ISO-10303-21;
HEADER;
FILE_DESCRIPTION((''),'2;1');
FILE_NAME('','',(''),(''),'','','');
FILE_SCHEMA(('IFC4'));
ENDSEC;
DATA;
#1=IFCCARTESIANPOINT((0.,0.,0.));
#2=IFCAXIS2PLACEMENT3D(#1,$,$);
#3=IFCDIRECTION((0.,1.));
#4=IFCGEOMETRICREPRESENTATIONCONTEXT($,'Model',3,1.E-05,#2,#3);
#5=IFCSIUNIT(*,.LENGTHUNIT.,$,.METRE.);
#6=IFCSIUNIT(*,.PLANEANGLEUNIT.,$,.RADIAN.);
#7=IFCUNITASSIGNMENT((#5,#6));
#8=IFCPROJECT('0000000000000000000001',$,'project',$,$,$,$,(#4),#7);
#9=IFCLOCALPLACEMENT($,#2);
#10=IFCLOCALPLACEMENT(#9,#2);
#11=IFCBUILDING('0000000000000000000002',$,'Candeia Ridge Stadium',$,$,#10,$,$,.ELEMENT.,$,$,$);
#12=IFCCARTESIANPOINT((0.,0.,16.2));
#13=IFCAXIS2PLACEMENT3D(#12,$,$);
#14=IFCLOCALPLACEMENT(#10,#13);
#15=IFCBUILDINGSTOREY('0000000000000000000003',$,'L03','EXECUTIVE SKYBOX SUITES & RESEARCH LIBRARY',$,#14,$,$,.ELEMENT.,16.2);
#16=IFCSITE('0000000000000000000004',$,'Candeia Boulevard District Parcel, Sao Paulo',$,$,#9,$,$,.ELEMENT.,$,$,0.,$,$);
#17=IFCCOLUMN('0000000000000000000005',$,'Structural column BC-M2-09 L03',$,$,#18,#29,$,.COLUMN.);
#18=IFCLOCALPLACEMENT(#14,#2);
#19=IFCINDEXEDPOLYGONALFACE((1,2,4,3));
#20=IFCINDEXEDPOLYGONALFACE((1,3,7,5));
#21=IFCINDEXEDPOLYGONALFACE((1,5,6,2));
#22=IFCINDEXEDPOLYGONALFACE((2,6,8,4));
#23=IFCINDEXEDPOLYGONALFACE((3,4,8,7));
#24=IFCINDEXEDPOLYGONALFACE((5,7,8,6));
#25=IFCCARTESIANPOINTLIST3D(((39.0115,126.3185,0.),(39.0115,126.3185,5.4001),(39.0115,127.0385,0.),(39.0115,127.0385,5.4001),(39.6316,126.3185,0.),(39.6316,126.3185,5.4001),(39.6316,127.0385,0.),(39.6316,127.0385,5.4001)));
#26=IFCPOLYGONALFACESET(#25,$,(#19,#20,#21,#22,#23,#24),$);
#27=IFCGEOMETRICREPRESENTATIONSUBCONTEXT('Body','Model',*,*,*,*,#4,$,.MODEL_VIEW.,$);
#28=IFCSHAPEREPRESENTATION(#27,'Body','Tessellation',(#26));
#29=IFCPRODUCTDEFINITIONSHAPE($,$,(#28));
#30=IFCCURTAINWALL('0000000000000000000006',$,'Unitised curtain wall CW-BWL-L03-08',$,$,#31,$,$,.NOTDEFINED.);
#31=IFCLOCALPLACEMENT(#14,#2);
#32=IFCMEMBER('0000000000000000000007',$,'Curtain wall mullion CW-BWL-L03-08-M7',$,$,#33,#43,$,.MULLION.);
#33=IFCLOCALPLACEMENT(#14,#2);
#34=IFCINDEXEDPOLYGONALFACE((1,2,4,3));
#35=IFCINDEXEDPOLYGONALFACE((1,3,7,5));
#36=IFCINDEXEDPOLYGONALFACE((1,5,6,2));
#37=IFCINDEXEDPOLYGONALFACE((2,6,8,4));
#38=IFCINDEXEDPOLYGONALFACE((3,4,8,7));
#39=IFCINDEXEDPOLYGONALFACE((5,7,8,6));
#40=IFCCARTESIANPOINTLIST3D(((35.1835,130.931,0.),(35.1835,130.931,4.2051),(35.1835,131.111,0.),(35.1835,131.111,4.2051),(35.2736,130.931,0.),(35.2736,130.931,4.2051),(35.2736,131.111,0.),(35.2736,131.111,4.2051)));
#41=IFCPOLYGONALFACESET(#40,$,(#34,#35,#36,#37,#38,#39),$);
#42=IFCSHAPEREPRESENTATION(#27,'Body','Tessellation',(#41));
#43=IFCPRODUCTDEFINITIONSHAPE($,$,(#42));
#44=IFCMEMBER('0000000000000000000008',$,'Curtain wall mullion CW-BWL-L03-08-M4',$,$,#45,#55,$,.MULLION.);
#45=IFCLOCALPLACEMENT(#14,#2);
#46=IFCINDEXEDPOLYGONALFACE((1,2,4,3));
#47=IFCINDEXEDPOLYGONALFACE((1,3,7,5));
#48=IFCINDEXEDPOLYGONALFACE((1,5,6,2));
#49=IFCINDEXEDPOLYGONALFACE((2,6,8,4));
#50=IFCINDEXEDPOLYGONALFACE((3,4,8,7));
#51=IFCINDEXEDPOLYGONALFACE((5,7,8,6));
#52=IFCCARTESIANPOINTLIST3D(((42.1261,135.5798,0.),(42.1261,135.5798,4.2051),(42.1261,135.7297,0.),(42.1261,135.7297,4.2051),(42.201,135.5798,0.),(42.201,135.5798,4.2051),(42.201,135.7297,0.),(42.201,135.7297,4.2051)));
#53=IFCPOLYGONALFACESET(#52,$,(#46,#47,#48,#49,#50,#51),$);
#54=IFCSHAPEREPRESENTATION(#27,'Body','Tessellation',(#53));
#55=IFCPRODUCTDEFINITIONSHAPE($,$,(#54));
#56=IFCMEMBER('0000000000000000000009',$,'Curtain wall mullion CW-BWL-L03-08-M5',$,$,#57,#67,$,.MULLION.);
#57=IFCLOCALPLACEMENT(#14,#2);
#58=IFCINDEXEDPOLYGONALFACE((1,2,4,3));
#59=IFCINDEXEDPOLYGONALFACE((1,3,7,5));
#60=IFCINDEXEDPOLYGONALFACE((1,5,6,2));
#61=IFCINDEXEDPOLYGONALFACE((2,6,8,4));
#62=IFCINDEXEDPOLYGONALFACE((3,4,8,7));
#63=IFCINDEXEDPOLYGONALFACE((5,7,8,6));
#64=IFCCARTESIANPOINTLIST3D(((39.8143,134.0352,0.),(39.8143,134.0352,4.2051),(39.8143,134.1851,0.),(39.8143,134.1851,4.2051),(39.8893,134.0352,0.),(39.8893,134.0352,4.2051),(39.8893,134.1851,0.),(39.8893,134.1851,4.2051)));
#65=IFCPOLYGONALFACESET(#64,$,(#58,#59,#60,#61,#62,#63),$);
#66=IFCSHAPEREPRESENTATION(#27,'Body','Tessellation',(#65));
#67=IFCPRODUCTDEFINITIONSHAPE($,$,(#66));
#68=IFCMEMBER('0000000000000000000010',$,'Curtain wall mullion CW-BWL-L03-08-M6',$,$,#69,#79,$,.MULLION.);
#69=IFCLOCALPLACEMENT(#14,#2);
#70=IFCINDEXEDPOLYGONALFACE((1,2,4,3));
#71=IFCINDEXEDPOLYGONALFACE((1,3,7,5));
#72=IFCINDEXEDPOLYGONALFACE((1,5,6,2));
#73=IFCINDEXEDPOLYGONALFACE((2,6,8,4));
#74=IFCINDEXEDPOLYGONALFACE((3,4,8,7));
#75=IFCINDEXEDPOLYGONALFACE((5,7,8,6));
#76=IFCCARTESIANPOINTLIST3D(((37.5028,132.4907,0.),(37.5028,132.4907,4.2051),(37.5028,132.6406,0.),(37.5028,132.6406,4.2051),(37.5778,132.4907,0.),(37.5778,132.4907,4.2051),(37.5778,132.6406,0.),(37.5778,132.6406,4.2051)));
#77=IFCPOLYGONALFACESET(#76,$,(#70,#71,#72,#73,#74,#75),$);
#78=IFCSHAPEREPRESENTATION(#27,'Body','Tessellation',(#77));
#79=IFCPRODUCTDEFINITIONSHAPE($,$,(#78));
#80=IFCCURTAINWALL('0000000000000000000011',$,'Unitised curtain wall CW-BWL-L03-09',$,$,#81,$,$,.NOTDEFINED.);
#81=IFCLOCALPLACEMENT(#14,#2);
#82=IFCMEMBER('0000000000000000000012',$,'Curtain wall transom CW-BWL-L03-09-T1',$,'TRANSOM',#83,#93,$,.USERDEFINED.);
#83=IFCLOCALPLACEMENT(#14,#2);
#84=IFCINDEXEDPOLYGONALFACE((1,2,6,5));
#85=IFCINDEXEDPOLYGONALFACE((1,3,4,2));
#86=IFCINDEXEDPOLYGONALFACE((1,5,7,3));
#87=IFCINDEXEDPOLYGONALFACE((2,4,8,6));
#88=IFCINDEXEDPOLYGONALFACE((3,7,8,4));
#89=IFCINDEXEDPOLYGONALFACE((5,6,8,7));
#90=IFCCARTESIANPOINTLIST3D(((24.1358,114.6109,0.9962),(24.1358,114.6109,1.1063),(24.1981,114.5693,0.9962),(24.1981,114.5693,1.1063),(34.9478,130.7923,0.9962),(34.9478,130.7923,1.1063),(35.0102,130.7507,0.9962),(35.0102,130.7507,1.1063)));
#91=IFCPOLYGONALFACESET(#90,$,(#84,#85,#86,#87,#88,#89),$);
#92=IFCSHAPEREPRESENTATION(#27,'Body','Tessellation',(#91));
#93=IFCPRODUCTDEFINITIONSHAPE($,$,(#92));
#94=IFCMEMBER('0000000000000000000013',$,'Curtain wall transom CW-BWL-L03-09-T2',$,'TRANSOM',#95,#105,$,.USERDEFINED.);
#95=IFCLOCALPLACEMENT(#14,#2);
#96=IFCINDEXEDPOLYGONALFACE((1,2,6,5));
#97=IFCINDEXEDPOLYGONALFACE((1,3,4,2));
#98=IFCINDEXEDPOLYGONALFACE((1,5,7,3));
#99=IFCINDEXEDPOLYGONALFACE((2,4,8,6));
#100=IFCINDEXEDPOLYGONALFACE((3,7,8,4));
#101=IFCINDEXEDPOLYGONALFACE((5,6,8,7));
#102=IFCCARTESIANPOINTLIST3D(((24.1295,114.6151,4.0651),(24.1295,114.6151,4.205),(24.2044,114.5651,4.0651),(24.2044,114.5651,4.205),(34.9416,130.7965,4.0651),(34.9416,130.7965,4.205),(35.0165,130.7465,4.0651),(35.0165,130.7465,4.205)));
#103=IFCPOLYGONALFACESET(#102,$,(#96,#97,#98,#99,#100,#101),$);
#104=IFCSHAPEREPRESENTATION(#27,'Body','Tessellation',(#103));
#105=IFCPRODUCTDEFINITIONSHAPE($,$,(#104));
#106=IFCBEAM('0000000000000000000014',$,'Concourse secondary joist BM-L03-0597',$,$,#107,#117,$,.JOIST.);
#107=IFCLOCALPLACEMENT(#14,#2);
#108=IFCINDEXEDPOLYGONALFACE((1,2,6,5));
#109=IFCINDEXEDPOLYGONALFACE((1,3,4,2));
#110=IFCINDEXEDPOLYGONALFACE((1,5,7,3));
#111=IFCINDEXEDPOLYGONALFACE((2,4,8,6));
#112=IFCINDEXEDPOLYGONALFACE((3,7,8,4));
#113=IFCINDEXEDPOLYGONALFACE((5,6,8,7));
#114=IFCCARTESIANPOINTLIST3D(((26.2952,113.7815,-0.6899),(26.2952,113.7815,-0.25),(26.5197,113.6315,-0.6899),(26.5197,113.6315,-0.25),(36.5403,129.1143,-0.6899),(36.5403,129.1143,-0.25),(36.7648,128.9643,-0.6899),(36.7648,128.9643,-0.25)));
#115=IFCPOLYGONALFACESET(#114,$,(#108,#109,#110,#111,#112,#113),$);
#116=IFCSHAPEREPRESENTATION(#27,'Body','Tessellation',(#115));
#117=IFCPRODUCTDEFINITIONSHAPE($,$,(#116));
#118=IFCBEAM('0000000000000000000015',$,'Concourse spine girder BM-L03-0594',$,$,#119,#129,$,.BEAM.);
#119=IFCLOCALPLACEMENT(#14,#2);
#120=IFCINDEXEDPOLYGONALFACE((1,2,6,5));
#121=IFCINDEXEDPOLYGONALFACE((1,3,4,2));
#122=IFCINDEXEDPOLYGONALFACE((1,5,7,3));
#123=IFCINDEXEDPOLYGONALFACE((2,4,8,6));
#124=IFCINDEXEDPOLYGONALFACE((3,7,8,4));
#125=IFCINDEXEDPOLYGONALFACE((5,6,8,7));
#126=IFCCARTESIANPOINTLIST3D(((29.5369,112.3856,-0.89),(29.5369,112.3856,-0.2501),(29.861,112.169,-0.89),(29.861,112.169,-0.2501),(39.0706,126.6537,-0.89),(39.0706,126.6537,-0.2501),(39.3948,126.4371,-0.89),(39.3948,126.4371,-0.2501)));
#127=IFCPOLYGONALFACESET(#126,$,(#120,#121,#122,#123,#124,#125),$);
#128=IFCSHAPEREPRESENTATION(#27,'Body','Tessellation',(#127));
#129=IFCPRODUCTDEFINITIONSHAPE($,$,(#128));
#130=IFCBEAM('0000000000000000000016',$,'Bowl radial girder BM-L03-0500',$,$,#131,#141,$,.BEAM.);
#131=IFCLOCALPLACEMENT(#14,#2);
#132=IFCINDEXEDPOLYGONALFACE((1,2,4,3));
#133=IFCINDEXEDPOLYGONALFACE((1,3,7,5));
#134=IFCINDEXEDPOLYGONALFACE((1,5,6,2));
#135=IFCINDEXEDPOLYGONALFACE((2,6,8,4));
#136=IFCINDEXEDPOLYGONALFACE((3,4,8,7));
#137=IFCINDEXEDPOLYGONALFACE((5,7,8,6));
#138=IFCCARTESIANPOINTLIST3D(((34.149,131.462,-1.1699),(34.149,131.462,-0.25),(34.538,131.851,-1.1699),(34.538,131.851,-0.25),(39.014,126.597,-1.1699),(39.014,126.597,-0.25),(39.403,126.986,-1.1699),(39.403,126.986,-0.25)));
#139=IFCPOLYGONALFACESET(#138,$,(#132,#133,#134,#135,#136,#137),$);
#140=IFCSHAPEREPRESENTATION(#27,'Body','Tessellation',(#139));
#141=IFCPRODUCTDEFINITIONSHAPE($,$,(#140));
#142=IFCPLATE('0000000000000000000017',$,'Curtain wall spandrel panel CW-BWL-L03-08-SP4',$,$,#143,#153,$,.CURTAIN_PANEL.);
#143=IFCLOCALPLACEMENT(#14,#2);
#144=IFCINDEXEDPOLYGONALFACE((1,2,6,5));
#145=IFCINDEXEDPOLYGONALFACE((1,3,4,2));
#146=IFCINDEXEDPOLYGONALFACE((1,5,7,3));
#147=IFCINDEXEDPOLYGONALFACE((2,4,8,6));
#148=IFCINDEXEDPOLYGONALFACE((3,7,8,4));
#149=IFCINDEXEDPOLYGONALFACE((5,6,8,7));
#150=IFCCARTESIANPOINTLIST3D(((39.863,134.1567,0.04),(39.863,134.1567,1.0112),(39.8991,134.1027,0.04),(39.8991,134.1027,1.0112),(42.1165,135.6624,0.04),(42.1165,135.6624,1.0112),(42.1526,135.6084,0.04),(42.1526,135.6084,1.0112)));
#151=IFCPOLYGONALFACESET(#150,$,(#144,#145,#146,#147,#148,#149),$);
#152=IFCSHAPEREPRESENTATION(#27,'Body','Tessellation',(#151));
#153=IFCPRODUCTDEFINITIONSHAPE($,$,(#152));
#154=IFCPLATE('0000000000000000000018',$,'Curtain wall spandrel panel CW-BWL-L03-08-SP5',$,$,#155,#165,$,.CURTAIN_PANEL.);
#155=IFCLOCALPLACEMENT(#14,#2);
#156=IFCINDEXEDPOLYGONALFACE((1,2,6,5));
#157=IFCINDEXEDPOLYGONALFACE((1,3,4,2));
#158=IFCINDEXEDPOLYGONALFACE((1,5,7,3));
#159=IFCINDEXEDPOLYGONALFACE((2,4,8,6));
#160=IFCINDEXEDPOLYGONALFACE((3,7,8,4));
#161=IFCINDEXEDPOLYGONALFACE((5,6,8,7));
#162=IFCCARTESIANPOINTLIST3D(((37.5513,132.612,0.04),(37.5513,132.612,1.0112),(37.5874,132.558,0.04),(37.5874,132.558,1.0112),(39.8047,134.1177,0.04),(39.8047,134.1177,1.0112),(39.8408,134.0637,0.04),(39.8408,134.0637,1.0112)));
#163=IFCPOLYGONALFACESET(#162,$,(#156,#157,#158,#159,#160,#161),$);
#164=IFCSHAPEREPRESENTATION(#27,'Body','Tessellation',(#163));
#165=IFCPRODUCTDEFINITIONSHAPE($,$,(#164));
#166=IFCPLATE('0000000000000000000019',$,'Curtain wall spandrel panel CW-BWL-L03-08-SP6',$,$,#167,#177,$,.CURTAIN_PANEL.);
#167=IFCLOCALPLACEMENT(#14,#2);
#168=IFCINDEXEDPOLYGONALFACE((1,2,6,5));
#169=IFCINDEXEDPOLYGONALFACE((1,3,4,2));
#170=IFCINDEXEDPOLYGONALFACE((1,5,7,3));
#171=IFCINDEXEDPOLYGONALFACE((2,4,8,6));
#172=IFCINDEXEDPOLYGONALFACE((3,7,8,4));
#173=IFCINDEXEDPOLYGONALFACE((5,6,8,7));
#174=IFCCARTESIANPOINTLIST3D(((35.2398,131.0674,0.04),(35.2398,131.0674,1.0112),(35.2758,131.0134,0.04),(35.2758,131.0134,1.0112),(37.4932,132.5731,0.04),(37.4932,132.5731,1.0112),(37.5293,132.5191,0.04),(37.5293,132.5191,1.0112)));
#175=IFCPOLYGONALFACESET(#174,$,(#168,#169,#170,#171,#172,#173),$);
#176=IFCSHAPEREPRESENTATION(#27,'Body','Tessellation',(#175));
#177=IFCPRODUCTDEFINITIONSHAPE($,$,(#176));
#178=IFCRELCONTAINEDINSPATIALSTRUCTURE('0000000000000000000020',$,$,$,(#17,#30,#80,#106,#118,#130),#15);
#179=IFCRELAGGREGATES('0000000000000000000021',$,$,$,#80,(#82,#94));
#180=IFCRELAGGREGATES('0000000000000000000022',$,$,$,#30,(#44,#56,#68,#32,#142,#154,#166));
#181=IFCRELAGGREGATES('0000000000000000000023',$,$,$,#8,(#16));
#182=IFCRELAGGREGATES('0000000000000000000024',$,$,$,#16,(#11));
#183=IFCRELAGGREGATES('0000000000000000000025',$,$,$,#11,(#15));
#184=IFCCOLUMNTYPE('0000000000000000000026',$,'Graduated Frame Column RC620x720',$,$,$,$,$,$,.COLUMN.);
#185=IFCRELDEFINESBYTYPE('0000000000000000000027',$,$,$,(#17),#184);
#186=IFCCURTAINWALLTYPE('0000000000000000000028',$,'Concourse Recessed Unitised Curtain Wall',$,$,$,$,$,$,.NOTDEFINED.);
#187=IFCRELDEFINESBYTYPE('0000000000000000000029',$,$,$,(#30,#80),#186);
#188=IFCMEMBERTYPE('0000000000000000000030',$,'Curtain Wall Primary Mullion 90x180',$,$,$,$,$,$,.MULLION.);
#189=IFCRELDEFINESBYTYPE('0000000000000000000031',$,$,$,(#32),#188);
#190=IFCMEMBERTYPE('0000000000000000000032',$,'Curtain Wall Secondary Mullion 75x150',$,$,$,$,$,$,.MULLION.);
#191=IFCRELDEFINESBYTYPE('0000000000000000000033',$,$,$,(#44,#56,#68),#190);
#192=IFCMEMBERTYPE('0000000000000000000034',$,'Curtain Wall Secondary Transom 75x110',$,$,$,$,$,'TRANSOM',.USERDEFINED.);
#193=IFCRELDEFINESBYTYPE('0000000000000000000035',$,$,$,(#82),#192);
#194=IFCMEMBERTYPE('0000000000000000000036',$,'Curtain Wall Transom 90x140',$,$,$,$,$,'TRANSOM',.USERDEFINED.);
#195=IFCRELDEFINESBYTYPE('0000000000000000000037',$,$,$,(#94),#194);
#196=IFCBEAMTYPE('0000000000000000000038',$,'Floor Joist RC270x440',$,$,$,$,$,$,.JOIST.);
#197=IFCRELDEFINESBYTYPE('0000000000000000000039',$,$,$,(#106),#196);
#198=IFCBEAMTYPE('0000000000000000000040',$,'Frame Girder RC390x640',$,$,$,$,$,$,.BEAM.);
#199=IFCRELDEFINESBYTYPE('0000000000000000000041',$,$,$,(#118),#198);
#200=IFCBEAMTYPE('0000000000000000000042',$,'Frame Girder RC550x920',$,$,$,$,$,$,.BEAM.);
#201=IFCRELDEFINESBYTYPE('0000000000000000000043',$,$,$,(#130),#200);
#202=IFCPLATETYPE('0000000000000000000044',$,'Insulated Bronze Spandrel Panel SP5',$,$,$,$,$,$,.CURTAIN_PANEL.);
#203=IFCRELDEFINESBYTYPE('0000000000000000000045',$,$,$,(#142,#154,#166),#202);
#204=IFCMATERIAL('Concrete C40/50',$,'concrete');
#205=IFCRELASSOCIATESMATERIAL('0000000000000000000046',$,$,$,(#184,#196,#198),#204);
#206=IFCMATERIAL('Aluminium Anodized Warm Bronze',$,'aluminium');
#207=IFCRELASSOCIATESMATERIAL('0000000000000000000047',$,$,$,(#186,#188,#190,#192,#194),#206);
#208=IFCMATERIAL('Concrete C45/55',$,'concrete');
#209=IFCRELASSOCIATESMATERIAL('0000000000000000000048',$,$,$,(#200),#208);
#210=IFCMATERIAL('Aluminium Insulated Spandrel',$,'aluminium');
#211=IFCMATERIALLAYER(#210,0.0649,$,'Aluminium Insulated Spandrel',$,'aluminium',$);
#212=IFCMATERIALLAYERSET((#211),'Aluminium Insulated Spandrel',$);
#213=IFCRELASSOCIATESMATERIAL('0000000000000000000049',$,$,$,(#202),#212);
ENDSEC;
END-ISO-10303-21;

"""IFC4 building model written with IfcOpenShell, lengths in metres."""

from ifc_helpers import new_model, si_unit, direction, frame, origin, origin_2d, place, context, subcontext, project, spatial, rectangle, extrude, material, layer, layer_set, material_profile, profile_set, type_object, element, aggregate, save


model = new_model("IFC4")

# Units and contexts
model_context = context("Model", 3, precision=1e-05, world=origin(), true_north=direction((0.0, 1.0)))
body_context = subcontext(model_context, "Body", "Model", "MODEL_VIEW")
ifc_project = project(units=[si_unit("LENGTHUNIT", "METRE"), si_unit("PLANEANGLEUNIT", "RADIAN")], contexts=[model_context])

# Site, building, storey
site_placement = place(None, origin())
site = spatial("IfcSite", under=ifc_project, at=site_placement, Name="Candeia Boulevard District Parcel, Sao Paulo", CompositionType="ELEMENT", RefElevation=0.0)
building_placement = place(site_placement, origin())
building = spatial("IfcBuilding", under=site, at=building_placement, Name="Candeia Ridge Stadium", CompositionType="ELEMENT")
storey_placement = place(building_placement, frame((0.0, 0.0, 16.2)))
storey = spatial("IfcBuildingStorey", under=building, at=storey_placement, Name="L03", Description="EXECUTIVE SKYBOX SUITES & RESEARCH LIBRARY", CompositionType="ELEMENT", Elevation=16.2)

# Column
ifc_material_1 = material(Name="Concrete C40/50", Category="concrete")
ifc_material_profile_1 = material_profile(ifc_material_1, rectangle(XDim=0.6201, YDim=0.72, at=origin_2d()), Name="RC620x720", Category="concrete")
ifc_profile_set_1 = profile_set([ifc_material_profile_1], Name="Concrete C40/50")
column_type = type_object("IfcColumnType", Name="Graduated Frame Column RC620x720", PredefinedType="COLUMN", material=ifc_profile_set_1)
column_placement = place(storey_placement, frame((39.3215, 126.6785, 0.0), z_axis=(0.0, 0.0, 1.0), x_axis=(1.0, 0.0, 0.0)))
element("IfcColumn", 1, at=column_placement, inside=storey, type_object=column_type, Name="Structural column BC-M2-09 L03", PredefinedType="COLUMN", context=body_context, shape_type="SweptSolid", body=[
    extrude(rectangle(XDim=0.6201, YDim=0.72, at=origin_2d()), origin(), (0.0, 0.0, 1.0), 5.4001),
])

# Curtain walls, members
ifc_material_2 = material(Name="Aluminium Anodized Warm Bronze", Category="aluminium")
curtain_wall_type = type_object("IfcCurtainWallType", Name="Concourse Recessed Unitised Curtain Wall", PredefinedType="NOTDEFINED", material=ifc_material_2)
curtain_wall_1_placement = place(storey_placement, origin())
curtain_wall_1 = element("IfcCurtainWall", 2, at=curtain_wall_1_placement, inside=storey, type_object=curtain_wall_type, Name="Unitised curtain wall CW-BWL-L03-08", PredefinedType="NOTDEFINED")
ifc_material_profile_2 = material_profile(ifc_material_2, rectangle(XDim=0.0901, YDim=0.1799, at=origin_2d()), Name="CWM-90x180", Category="aluminium")
ifc_profile_set_2 = profile_set([ifc_material_profile_2], Name="Aluminium Anodized Warm Bronze")
member_type_1 = type_object("IfcMemberType", Name="Curtain Wall Primary Mullion 90x180", PredefinedType="MULLION", material=ifc_profile_set_2)
member_1_placement = place(storey_placement, frame((35.2285, 131.021, 0.0), z_axis=(0.0, 0.0, 1.0), x_axis=(1.0, 0.0, 0.0)))
member_1 = element("IfcMember", 3, at=member_1_placement, type_object=member_type_1, Name="Curtain wall mullion CW-BWL-L03-08-M7", PredefinedType="MULLION", context=body_context, shape_type="SweptSolid", body=[
    extrude(rectangle(XDim=0.0901, YDim=0.1799, at=origin_2d()), origin(), (0.0, 0.0, 1.0), 4.2051),
])
ifc_material_profile_3 = material_profile(ifc_material_2, rectangle(XDim=0.075, YDim=0.1499, at=origin_2d()), Name="CWM-75x150", Category="aluminium")
ifc_profile_set_3 = profile_set([ifc_material_profile_3], Name="Aluminium Anodized Warm Bronze")
member_type_2 = type_object("IfcMemberType", Name="Curtain Wall Secondary Mullion 75x150", PredefinedType="MULLION", material=ifc_profile_set_3)
member_2_placement = place(storey_placement, frame((42.1636, 135.6548, 0.0), z_axis=(0.0, 0.0, 1.0), x_axis=(1.0, 0.0, 0.0)))
member_2 = element("IfcMember", 4, at=member_2_placement, type_object=member_type_2, Name="Curtain wall mullion CW-BWL-L03-08-M4", PredefinedType="MULLION", context=body_context, shape_type="SweptSolid", body=[
    extrude(rectangle(XDim=0.075, YDim=0.1499, at=origin_2d()), origin(), (0.0, 0.0, 1.0), 4.2051),
])
member_3_placement = place(storey_placement, frame((39.8518, 134.1101, 0.0), z_axis=(0.0, 0.0, 1.0), x_axis=(1.0, 0.0, 0.0)))
member_3 = element("IfcMember", 5, at=member_3_placement, type_object=member_type_2, Name="Curtain wall mullion CW-BWL-L03-08-M5", PredefinedType="MULLION", context=body_context, shape_type="SweptSolid", body=[
    extrude(rectangle(XDim=0.075, YDim=0.1499, at=origin_2d()), origin(), (0.0, 0.0, 1.0), 4.2051),
])
member_4_placement = place(storey_placement, frame((37.5403, 132.5657, 0.0), z_axis=(0.0, 0.0, 1.0), x_axis=(1.0, 0.0, 0.0)))
member_4 = element("IfcMember", 6, at=member_4_placement, type_object=member_type_2, Name="Curtain wall mullion CW-BWL-L03-08-M6", PredefinedType="MULLION", context=body_context, shape_type="SweptSolid", body=[
    extrude(rectangle(XDim=0.075, YDim=0.1499, at=origin_2d()), origin(), (0.0, 0.0, 1.0), 4.2051),
])
curtain_wall_2_placement = place(storey_placement, origin())
curtain_wall_2 = element("IfcCurtainWall", 7, at=curtain_wall_2_placement, inside=storey, type_object=curtain_wall_type, Name="Unitised curtain wall CW-BWL-L03-09", PredefinedType="NOTDEFINED")
ifc_material_profile_4 = material_profile(ifc_material_2, rectangle(XDim=0.075, YDim=0.1101, at=origin_2d()), Name="CWT-75x110", Category="aluminium")
ifc_profile_set_4 = profile_set([ifc_material_profile_4], Name="Aluminium Anodized Warm Bronze")
member_type_3 = type_object("IfcMemberType", Name="Curtain Wall Secondary Transom 75x110", ElementType="TRANSOM", PredefinedType="USERDEFINED", material=ifc_profile_set_4)
member_5_placement = place(storey_placement, frame((34.979, 130.7715, 1.0513), z_axis=(-0.555568, -0.831471, 0.0), x_axis=(0.831471, -0.555568, 0.0)))
member_5 = element("IfcMember", 8, at=member_5_placement, type_object=member_type_3, Name="Curtain wall transom CW-BWL-L03-09-T1", ObjectType="TRANSOM", PredefinedType="USERDEFINED", context=body_context, shape_type="SweptSolid", body=[
    extrude(rectangle(XDim=0.075, YDim=0.1101, at=origin_2d()), origin(), (0.0, 0.0, 1.0), 19.4612),
])
ifc_material_profile_5 = material_profile(ifc_material_2, rectangle(XDim=0.0901, YDim=0.1399, at=origin_2d()), Name="CWT-90x140", Category="aluminium")
ifc_profile_set_5 = profile_set([ifc_material_profile_5], Name="Aluminium Anodized Warm Bronze")
member_type_4 = type_object("IfcMemberType", Name="Curtain Wall Transom 90x140", ElementType="TRANSOM", PredefinedType="USERDEFINED", material=ifc_profile_set_5)
member_6_placement = place(storey_placement, frame((34.979, 130.7715, 4.135), z_axis=(-0.555568, -0.831471, 0.0), x_axis=(0.831471, -0.555568, 0.0)))
member_6 = element("IfcMember", 9, at=member_6_placement, type_object=member_type_4, Name="Curtain wall transom CW-BWL-L03-09-T2", ObjectType="TRANSOM", PredefinedType="USERDEFINED", context=body_context, shape_type="SweptSolid", body=[
    extrude(rectangle(XDim=0.0901, YDim=0.1399, at=origin_2d()), origin(), (0.0, 0.0, 1.0), 19.4612),
])
aggregate(curtain_wall_2, [member_5, member_6])

# Beams
ifc_material_profile_6 = material_profile(ifc_material_1, rectangle(XDim=0.27, YDim=0.4399, at=origin_2d()), Name="RC270x440", Category="concrete")
ifc_profile_set_6 = profile_set([ifc_material_profile_6], Name="Concrete C40/50")
beam_type_1 = type_object("IfcBeamType", Name="Floor Joist RC270x440", PredefinedType="JOIST", material=ifc_profile_set_6)
beam_1_placement = place(storey_placement, frame((36.6526, 129.0393, -0.47), z_axis=(-0.555574, -0.831467, 0.0), x_axis=(0.831467, -0.555574, 0.0)))
element("IfcBeam", 10, at=beam_1_placement, inside=storey, type_object=beam_type_1, Name="Concourse secondary joist BM-L03-0597", PredefinedType="JOIST", context=body_context, shape_type="SweptSolid", body=[
    extrude(rectangle(XDim=0.27, YDim=0.4399, at=origin_2d()), origin(), (0.0, 0.0, 1.0), 18.4407),
])
ifc_material_profile_7 = material_profile(ifc_material_1, rectangle(XDim=0.3899, YDim=0.6399, at=origin_2d()), Name="RC390x640", Category="concrete")
ifc_profile_set_7 = profile_set([ifc_material_profile_7], Name="Concrete C40/50")
beam_type_2 = type_object("IfcBeamType", Name="Frame Girder RC390x640", PredefinedType="BEAM", material=ifc_profile_set_7)
beam_2_placement = place(storey_placement, frame((39.2327, 126.5454, -0.5701), z_axis=(-0.555573, -0.831468, 0.0), x_axis=(0.831468, -0.555573, 0.0)))
element("IfcBeam", 11, at=beam_2_placement, inside=storey, type_object=beam_type_2, Name="Concourse spine girder BM-L03-0594", PredefinedType="BEAM", context=body_context, shape_type="SweptSolid", body=[
    extrude(rectangle(XDim=0.3899, YDim=0.6399, at=origin_2d()), origin(), (0.0, 0.0, 1.0), 17.1602),
])
ifc_material_3 = material(Name="Concrete C45/55", Category="concrete")
ifc_material_profile_8 = material_profile(ifc_material_3, rectangle(XDim=0.55, YDim=0.9199, at=origin_2d()), Name="RC550x920", Category="concrete")
ifc_profile_set_8 = profile_set([ifc_material_profile_8], Name="Concrete C45/55")
beam_type_3 = type_object("IfcBeamType", Name="Frame Girder RC550x920", PredefinedType="BEAM", material=ifc_profile_set_8)
beam_3_placement = place(storey_placement, frame((39.2085, 126.7915, -0.71), z_axis=(-0.707107, 0.707107, 0.0), x_axis=(-0.707107, -0.707107, 0.0)))
element("IfcBeam", 12, at=beam_3_placement, inside=storey, type_object=beam_type_3, Name="Bowl radial girder BM-L03-0500", PredefinedType="BEAM", context=body_context, shape_type="SweptSolid", body=[
    extrude(rectangle(XDim=0.55, YDim=0.9199, at=origin_2d()), origin(), (0.0, 0.0, 1.0), 6.8801),
])

# Plates
ifc_material_4 = material(Name="Aluminium Insulated Spandrel", Category="aluminium")
ifc_layer_1 = layer(ifc_material_4, 0.0649, Name="Aluminium Insulated Spandrel", Category="aluminium")
ifc_layer_set_1 = layer_set([ifc_layer_1], Name="Aluminium Insulated Spandrel")
plate_type_1 = type_object("IfcPlateType", Name="Insulated Bronze Spandrel Panel SP5", PredefinedType="CURTAIN_PANEL", material=ifc_layer_set_1)
plate_1_placement = place(storey_placement, frame((41.0078, 134.8826, 0.04), z_axis=(0.0, 0.0, 1.0), x_axis=(-0.831469, -0.555571, 0.0)))
plate_1 = element("IfcPlate", 13, at=plate_1_placement, type_object=plate_type_1, Name="Curtain wall spandrel panel CW-BWL-L03-08-SP4", PredefinedType="CURTAIN_PANEL", context=body_context, shape_type="SweptSolid", body=[
    extrude(rectangle(XDim=2.7102, YDim=0.0649, at=origin_2d()), origin(), (0.0, 0.0, 1.0), 0.9712),
])
plate_2_placement = place(storey_placement, frame((38.696, 133.3379, 0.04), z_axis=(0.0, 0.0, 1.0), x_axis=(-0.831469, -0.555571, 0.0)))
plate_2 = element("IfcPlate", 14, at=plate_2_placement, type_object=plate_type_1, Name="Curtain wall spandrel panel CW-BWL-L03-08-SP5", PredefinedType="CURTAIN_PANEL", context=body_context, shape_type="SweptSolid", body=[
    extrude(rectangle(XDim=2.7102, YDim=0.0649, at=origin_2d()), origin(), (0.0, 0.0, 1.0), 0.9712),
])
plate_3_placement = place(storey_placement, frame((36.3845, 131.7932, 0.04), z_axis=(0.0, 0.0, 1.0), x_axis=(-0.831469, -0.555571, 0.0)))
plate_3 = element("IfcPlate", 15, at=plate_3_placement, type_object=plate_type_1, Name="Curtain wall spandrel panel CW-BWL-L03-08-SP6", PredefinedType="CURTAIN_PANEL", context=body_context, shape_type="SweptSolid", body=[
    extrude(rectangle(XDim=2.7102, YDim=0.0649, at=origin_2d()), origin(), (0.0, 0.0, 1.0), 0.9712),
])
aggregate(curtain_wall_1, [member_2, member_3, member_4, member_1, plate_1, plate_2, plate_3])

save(model, "model.ifc")
